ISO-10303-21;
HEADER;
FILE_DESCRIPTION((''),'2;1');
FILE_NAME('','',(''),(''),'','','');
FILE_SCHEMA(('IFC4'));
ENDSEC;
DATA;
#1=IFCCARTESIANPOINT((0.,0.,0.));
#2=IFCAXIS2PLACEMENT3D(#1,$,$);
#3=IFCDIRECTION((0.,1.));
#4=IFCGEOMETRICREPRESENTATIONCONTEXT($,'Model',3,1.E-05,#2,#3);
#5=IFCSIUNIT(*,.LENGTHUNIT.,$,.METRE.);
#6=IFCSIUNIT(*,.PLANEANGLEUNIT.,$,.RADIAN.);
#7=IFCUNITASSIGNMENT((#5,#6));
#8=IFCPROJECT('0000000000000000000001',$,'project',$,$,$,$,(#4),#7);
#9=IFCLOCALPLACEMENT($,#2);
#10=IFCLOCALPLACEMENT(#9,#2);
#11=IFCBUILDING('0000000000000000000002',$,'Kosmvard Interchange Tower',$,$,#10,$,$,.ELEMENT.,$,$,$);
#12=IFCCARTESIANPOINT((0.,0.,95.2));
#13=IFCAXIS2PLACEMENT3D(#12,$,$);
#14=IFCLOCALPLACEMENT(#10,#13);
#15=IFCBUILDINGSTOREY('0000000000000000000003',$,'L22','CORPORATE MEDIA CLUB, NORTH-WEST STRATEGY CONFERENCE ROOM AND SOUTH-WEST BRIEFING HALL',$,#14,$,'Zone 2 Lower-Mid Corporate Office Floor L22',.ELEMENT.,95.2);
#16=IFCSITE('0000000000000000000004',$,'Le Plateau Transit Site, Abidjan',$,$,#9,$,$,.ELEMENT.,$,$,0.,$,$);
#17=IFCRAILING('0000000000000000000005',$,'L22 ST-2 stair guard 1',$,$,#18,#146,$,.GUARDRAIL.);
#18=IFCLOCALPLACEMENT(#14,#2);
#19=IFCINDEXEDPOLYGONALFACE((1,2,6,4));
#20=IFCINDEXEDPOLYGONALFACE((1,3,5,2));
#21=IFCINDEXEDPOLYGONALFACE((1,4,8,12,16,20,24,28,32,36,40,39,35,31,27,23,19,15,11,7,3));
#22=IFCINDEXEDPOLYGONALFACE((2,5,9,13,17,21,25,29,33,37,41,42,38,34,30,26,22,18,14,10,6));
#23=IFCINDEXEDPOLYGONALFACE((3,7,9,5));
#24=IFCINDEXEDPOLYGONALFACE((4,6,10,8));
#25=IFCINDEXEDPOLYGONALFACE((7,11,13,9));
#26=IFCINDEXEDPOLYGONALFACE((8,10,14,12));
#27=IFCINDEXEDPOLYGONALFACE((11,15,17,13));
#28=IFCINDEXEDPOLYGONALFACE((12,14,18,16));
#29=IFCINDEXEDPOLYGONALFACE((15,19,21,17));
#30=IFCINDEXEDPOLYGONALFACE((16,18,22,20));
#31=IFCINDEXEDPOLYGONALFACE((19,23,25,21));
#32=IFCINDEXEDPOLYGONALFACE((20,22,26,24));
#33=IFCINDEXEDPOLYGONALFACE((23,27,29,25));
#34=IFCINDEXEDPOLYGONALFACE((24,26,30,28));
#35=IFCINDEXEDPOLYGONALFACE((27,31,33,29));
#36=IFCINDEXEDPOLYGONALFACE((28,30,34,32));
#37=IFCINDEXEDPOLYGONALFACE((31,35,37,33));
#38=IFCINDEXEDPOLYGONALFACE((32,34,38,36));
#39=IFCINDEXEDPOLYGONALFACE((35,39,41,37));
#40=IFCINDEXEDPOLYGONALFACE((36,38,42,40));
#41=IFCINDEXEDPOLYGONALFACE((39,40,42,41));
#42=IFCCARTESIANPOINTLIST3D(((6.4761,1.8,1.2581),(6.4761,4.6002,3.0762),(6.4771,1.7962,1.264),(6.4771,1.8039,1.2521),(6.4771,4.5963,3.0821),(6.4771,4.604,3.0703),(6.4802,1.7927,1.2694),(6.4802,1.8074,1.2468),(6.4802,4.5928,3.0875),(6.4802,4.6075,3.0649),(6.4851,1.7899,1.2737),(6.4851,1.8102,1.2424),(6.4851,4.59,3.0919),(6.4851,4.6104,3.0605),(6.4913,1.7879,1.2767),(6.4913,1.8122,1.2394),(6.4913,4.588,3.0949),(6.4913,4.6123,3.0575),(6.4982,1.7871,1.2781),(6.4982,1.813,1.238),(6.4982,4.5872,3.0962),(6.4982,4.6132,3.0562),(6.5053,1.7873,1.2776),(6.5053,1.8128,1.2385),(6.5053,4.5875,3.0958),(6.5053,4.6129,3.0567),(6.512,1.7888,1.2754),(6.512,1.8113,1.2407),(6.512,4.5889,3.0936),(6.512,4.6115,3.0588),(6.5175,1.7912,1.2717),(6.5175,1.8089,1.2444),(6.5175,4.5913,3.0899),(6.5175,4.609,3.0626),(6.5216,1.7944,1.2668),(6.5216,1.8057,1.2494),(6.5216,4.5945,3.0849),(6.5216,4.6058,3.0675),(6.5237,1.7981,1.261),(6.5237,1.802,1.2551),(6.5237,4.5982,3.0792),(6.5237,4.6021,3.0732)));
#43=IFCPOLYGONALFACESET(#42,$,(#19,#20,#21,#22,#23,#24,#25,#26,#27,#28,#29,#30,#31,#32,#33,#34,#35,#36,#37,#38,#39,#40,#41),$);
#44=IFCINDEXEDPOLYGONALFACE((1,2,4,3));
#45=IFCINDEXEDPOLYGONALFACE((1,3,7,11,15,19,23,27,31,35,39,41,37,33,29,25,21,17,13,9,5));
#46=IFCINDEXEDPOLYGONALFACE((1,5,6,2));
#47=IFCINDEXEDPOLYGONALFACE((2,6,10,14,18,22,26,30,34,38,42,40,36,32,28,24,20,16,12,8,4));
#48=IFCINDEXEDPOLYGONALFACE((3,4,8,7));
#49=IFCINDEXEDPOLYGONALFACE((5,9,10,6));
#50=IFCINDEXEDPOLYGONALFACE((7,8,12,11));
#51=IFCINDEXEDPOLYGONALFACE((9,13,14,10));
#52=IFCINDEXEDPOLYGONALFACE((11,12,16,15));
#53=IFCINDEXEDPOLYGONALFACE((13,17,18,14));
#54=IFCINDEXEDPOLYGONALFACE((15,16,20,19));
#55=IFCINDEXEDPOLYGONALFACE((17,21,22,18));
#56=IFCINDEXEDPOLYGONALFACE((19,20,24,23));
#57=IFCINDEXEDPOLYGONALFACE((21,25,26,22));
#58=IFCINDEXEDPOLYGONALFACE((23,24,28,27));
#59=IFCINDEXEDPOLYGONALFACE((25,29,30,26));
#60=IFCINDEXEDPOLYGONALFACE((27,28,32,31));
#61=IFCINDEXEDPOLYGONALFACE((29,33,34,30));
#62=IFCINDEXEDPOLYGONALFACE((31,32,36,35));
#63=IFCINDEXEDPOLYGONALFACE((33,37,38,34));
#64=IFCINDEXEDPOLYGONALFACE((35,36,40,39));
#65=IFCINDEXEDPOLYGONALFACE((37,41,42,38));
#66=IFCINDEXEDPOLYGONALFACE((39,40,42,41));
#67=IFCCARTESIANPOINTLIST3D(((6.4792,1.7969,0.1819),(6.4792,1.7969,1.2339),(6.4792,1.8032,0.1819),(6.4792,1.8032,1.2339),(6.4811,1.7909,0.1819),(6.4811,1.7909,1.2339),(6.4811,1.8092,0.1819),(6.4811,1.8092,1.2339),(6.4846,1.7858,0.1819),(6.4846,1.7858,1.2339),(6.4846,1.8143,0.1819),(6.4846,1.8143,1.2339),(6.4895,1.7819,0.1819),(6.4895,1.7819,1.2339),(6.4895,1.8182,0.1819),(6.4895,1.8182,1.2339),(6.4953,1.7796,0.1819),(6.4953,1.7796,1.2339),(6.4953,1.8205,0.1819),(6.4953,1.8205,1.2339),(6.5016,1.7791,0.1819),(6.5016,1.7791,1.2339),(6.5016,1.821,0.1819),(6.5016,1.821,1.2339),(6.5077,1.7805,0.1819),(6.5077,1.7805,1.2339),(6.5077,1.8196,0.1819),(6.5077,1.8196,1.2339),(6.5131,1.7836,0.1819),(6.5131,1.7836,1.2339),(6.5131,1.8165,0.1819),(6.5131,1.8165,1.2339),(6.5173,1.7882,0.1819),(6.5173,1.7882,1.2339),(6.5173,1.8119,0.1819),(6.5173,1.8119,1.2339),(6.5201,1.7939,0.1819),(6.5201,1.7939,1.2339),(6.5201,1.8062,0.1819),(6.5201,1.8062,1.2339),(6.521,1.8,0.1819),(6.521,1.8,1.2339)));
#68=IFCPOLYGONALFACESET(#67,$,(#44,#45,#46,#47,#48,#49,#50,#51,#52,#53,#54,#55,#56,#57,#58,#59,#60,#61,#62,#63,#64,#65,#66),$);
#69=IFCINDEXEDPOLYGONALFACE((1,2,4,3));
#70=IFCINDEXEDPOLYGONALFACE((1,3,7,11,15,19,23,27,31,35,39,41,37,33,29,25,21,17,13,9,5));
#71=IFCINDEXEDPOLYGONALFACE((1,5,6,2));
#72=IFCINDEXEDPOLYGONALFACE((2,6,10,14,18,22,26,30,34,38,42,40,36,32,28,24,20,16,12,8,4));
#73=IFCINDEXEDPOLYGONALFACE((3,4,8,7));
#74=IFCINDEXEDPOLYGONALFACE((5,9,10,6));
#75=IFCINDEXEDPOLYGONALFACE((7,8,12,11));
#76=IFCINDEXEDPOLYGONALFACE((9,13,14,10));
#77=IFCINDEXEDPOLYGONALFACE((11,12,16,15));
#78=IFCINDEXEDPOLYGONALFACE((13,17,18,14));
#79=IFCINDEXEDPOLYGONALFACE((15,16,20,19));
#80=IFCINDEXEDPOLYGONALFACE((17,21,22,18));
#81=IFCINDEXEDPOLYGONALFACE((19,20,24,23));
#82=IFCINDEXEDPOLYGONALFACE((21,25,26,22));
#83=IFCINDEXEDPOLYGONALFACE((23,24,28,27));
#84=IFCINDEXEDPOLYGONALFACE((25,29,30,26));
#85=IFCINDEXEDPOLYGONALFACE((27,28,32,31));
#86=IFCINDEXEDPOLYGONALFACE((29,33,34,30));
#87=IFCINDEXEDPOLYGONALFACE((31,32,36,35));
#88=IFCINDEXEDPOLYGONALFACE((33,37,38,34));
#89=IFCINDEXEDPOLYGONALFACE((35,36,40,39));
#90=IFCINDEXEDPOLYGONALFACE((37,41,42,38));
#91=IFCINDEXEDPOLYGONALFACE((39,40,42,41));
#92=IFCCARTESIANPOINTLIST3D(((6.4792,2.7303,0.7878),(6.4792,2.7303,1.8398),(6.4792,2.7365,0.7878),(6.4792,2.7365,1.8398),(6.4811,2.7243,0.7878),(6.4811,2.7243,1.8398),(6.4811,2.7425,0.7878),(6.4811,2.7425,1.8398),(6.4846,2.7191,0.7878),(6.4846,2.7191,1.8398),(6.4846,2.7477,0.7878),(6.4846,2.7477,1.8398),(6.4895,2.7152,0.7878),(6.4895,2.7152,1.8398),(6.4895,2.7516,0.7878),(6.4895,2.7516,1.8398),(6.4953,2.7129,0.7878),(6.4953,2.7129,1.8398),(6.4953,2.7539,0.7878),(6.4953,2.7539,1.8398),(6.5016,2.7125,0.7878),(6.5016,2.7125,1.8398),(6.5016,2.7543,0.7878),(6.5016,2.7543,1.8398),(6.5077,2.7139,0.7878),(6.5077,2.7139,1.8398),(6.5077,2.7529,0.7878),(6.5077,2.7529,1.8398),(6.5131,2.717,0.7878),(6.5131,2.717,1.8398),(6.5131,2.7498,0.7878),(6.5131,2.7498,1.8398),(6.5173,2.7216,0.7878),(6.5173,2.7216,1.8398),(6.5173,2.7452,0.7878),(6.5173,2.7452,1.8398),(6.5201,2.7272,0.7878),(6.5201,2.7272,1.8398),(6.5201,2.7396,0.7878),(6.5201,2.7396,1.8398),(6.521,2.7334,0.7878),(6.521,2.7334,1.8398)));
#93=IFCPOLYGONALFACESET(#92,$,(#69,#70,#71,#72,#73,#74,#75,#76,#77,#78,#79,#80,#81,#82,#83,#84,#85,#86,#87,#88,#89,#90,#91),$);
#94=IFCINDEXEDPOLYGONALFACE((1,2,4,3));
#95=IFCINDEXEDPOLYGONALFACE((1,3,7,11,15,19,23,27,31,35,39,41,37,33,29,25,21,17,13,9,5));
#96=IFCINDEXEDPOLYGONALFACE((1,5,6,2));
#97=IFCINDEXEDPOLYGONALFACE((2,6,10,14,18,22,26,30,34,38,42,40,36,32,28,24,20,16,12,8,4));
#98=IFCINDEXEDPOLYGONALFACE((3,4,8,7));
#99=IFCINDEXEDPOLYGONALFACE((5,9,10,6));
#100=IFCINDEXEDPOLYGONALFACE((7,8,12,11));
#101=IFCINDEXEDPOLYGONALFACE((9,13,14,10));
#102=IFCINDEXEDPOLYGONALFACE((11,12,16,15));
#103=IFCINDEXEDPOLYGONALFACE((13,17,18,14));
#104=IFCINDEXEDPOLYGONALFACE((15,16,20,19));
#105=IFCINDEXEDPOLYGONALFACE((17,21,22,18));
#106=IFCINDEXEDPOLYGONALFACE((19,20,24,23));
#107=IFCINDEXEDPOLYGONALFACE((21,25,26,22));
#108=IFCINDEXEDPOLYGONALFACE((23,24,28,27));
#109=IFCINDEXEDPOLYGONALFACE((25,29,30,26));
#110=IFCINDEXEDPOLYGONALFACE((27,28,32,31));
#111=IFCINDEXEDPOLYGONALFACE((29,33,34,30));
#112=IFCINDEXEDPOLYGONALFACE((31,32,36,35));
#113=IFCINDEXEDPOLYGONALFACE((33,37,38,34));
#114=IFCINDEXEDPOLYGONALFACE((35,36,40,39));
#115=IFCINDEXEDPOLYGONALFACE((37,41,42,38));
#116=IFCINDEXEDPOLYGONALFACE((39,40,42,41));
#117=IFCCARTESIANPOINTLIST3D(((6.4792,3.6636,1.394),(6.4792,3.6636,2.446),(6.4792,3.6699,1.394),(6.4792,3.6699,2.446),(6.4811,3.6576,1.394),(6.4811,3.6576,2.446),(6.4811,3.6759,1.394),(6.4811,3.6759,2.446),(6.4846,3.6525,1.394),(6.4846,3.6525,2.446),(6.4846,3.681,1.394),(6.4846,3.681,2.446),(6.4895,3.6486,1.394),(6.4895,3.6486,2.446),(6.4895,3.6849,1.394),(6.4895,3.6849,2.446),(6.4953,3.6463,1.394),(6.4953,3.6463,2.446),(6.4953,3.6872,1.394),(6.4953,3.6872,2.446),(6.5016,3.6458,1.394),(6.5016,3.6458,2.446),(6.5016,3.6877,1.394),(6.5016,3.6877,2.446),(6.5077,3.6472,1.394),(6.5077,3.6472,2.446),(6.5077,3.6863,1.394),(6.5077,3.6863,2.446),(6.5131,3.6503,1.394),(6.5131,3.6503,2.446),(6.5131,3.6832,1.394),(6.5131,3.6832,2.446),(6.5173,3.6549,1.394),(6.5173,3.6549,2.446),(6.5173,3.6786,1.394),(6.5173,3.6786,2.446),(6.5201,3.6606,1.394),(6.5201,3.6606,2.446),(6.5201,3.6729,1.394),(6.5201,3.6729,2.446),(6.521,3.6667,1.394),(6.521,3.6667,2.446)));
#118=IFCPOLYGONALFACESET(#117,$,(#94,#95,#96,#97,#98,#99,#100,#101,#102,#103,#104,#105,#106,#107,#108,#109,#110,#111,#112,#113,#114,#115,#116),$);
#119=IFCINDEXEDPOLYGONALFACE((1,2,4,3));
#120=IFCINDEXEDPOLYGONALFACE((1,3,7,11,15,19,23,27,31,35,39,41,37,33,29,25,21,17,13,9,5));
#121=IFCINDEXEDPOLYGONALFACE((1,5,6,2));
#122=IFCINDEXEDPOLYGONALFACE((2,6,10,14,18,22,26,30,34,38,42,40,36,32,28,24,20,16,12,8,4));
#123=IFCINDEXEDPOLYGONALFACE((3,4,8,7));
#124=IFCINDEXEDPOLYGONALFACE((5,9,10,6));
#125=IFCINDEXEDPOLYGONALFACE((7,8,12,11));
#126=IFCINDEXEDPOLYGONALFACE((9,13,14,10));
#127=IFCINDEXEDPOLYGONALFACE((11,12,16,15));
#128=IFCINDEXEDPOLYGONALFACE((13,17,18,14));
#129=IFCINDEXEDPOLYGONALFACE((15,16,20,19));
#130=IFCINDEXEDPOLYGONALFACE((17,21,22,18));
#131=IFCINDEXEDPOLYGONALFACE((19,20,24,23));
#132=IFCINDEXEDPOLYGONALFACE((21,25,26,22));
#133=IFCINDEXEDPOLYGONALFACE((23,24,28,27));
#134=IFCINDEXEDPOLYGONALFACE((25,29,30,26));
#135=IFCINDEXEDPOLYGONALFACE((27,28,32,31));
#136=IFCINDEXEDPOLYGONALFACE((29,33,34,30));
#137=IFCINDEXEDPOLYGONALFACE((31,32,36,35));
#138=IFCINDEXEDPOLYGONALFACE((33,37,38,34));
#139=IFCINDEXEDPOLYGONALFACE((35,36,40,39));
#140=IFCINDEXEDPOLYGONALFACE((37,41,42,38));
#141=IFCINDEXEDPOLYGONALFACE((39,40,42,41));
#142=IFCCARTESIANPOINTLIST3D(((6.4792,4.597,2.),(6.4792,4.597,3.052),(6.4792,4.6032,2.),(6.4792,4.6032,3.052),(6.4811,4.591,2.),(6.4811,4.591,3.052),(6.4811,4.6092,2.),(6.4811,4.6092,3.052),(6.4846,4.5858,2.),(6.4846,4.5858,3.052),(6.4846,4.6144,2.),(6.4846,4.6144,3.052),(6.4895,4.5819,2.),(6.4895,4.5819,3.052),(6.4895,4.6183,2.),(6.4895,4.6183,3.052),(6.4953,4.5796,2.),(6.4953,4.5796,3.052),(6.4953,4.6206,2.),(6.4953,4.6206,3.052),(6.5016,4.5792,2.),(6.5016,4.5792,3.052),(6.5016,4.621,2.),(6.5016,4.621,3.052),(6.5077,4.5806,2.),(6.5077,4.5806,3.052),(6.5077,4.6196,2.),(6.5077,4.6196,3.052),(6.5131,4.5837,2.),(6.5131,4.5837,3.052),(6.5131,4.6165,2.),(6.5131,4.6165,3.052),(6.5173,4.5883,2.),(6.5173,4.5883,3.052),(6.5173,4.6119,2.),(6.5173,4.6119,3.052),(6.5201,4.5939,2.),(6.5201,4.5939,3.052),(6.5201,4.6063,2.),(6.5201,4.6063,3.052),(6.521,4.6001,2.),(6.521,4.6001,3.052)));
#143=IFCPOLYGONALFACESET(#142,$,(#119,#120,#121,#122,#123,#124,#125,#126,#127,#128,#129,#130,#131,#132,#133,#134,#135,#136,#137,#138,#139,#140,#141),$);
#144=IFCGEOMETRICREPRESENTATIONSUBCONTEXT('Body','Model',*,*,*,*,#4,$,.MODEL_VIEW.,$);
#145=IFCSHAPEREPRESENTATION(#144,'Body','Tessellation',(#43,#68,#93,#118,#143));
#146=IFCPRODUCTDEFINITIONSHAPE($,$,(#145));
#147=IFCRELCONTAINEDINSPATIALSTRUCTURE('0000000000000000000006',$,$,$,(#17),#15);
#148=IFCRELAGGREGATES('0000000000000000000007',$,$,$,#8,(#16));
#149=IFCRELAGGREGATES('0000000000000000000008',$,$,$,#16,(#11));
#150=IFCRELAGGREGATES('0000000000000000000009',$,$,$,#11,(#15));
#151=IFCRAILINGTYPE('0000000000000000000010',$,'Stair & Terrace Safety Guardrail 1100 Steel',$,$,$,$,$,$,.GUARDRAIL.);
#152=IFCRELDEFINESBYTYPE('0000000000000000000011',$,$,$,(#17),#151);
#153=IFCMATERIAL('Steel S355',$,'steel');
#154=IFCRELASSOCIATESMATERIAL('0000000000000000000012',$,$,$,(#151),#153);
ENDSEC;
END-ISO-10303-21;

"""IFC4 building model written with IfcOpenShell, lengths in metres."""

from ifc_helpers import new_model, si_unit, direction, frame, origin, origin_2d, place, context, subcontext, project, spatial, circle, extrude, source, transform, mapped, material, type_object, element, save


model = new_model("IFC4")

# Units and contexts
model_context = context("Model", 3, precision=1e-05, world=origin(), true_north=direction((0.0, 1.0)))
body_context = subcontext(model_context, "Body", "Model", "MODEL_VIEW")
ifc_project = project(units=[si_unit("LENGTHUNIT", "METRE"), si_unit("PLANEANGLEUNIT", "RADIAN")], contexts=[model_context])

# Site, building, storey
site_placement = place(None, origin())
site = spatial("IfcSite", under=ifc_project, at=site_placement, Name="Le Plateau Transit Site, Abidjan", CompositionType="ELEMENT", RefElevation=0.0)
building_placement = place(site_placement, origin())
building = spatial("IfcBuilding", under=site, at=building_placement, Name="Kosmvard Interchange Tower", CompositionType="ELEMENT")
storey_placement = place(building_placement, frame((0.0, 0.0, 95.2)))
storey = spatial("IfcBuildingStorey", under=building, at=storey_placement, Name="L22", Description="CORPORATE MEDIA CLUB, NORTH-WEST STRATEGY CONFERENCE ROOM AND SOUTH-WEST BRIEFING HALL", LongName="Zone 2 Lower-Mid Corporate Office Floor L22", CompositionType="ELEMENT", Elevation=95.2)

# Shared definitions
ifc_material_1 = material(Name="Steel S355", Category="steel")

# Railing
railing_type_1 = type_object("IfcRailingType", Name="Stair & Terrace Safety Guardrail 1100 Steel", PredefinedType="GUARDRAIL", material=ifc_material_1)
shared_shape_1 = source(origin(), body_context, "Body", "SweptSolid", [
    extrude(circle(Radius=0.0239, at=origin_2d()), frame((0.0, 0.0, 1.0762), z_axis=(0.0, 0.838706, 0.544585), x_axis=(-1.0, 0.0, 0.0)), (0.0, 0.0, 1.0), 3.3386),
    extrude(circle(Radius=0.021, at=origin_2d()), origin(), (0.0, 0.0, 1.0), 1.052),
    extrude(circle(Radius=0.021, at=origin_2d()), frame((0.0, 0.9333, 0.606)), (0.0, 0.0, 1.0), 1.052),
    extrude(circle(Radius=0.021, at=origin_2d()), frame((0.0, 1.8667, 1.2122)), (0.0, 0.0, 1.0), 1.052),
    extrude(circle(Radius=0.021, at=origin_2d()), frame((0.0, 2.8, 1.8181)), (0.0, 0.0, 1.0), 1.052),
])
railing_1_placement = place(storey_placement, frame((6.5, 1.8, 0.1819)))
element("IfcRailing", 1, at=railing_1_placement, inside=storey, type_object=railing_type_1, Name="L22 ST-2 stair guard 1", PredefinedType="GUARDRAIL", context=body_context, shape_type="MappedRepresentation", body=[
    mapped(shared_shape_1, transform((0.0, 0.0, 0.0), scale=1.0)),
])

save(model, "model.ifc")
